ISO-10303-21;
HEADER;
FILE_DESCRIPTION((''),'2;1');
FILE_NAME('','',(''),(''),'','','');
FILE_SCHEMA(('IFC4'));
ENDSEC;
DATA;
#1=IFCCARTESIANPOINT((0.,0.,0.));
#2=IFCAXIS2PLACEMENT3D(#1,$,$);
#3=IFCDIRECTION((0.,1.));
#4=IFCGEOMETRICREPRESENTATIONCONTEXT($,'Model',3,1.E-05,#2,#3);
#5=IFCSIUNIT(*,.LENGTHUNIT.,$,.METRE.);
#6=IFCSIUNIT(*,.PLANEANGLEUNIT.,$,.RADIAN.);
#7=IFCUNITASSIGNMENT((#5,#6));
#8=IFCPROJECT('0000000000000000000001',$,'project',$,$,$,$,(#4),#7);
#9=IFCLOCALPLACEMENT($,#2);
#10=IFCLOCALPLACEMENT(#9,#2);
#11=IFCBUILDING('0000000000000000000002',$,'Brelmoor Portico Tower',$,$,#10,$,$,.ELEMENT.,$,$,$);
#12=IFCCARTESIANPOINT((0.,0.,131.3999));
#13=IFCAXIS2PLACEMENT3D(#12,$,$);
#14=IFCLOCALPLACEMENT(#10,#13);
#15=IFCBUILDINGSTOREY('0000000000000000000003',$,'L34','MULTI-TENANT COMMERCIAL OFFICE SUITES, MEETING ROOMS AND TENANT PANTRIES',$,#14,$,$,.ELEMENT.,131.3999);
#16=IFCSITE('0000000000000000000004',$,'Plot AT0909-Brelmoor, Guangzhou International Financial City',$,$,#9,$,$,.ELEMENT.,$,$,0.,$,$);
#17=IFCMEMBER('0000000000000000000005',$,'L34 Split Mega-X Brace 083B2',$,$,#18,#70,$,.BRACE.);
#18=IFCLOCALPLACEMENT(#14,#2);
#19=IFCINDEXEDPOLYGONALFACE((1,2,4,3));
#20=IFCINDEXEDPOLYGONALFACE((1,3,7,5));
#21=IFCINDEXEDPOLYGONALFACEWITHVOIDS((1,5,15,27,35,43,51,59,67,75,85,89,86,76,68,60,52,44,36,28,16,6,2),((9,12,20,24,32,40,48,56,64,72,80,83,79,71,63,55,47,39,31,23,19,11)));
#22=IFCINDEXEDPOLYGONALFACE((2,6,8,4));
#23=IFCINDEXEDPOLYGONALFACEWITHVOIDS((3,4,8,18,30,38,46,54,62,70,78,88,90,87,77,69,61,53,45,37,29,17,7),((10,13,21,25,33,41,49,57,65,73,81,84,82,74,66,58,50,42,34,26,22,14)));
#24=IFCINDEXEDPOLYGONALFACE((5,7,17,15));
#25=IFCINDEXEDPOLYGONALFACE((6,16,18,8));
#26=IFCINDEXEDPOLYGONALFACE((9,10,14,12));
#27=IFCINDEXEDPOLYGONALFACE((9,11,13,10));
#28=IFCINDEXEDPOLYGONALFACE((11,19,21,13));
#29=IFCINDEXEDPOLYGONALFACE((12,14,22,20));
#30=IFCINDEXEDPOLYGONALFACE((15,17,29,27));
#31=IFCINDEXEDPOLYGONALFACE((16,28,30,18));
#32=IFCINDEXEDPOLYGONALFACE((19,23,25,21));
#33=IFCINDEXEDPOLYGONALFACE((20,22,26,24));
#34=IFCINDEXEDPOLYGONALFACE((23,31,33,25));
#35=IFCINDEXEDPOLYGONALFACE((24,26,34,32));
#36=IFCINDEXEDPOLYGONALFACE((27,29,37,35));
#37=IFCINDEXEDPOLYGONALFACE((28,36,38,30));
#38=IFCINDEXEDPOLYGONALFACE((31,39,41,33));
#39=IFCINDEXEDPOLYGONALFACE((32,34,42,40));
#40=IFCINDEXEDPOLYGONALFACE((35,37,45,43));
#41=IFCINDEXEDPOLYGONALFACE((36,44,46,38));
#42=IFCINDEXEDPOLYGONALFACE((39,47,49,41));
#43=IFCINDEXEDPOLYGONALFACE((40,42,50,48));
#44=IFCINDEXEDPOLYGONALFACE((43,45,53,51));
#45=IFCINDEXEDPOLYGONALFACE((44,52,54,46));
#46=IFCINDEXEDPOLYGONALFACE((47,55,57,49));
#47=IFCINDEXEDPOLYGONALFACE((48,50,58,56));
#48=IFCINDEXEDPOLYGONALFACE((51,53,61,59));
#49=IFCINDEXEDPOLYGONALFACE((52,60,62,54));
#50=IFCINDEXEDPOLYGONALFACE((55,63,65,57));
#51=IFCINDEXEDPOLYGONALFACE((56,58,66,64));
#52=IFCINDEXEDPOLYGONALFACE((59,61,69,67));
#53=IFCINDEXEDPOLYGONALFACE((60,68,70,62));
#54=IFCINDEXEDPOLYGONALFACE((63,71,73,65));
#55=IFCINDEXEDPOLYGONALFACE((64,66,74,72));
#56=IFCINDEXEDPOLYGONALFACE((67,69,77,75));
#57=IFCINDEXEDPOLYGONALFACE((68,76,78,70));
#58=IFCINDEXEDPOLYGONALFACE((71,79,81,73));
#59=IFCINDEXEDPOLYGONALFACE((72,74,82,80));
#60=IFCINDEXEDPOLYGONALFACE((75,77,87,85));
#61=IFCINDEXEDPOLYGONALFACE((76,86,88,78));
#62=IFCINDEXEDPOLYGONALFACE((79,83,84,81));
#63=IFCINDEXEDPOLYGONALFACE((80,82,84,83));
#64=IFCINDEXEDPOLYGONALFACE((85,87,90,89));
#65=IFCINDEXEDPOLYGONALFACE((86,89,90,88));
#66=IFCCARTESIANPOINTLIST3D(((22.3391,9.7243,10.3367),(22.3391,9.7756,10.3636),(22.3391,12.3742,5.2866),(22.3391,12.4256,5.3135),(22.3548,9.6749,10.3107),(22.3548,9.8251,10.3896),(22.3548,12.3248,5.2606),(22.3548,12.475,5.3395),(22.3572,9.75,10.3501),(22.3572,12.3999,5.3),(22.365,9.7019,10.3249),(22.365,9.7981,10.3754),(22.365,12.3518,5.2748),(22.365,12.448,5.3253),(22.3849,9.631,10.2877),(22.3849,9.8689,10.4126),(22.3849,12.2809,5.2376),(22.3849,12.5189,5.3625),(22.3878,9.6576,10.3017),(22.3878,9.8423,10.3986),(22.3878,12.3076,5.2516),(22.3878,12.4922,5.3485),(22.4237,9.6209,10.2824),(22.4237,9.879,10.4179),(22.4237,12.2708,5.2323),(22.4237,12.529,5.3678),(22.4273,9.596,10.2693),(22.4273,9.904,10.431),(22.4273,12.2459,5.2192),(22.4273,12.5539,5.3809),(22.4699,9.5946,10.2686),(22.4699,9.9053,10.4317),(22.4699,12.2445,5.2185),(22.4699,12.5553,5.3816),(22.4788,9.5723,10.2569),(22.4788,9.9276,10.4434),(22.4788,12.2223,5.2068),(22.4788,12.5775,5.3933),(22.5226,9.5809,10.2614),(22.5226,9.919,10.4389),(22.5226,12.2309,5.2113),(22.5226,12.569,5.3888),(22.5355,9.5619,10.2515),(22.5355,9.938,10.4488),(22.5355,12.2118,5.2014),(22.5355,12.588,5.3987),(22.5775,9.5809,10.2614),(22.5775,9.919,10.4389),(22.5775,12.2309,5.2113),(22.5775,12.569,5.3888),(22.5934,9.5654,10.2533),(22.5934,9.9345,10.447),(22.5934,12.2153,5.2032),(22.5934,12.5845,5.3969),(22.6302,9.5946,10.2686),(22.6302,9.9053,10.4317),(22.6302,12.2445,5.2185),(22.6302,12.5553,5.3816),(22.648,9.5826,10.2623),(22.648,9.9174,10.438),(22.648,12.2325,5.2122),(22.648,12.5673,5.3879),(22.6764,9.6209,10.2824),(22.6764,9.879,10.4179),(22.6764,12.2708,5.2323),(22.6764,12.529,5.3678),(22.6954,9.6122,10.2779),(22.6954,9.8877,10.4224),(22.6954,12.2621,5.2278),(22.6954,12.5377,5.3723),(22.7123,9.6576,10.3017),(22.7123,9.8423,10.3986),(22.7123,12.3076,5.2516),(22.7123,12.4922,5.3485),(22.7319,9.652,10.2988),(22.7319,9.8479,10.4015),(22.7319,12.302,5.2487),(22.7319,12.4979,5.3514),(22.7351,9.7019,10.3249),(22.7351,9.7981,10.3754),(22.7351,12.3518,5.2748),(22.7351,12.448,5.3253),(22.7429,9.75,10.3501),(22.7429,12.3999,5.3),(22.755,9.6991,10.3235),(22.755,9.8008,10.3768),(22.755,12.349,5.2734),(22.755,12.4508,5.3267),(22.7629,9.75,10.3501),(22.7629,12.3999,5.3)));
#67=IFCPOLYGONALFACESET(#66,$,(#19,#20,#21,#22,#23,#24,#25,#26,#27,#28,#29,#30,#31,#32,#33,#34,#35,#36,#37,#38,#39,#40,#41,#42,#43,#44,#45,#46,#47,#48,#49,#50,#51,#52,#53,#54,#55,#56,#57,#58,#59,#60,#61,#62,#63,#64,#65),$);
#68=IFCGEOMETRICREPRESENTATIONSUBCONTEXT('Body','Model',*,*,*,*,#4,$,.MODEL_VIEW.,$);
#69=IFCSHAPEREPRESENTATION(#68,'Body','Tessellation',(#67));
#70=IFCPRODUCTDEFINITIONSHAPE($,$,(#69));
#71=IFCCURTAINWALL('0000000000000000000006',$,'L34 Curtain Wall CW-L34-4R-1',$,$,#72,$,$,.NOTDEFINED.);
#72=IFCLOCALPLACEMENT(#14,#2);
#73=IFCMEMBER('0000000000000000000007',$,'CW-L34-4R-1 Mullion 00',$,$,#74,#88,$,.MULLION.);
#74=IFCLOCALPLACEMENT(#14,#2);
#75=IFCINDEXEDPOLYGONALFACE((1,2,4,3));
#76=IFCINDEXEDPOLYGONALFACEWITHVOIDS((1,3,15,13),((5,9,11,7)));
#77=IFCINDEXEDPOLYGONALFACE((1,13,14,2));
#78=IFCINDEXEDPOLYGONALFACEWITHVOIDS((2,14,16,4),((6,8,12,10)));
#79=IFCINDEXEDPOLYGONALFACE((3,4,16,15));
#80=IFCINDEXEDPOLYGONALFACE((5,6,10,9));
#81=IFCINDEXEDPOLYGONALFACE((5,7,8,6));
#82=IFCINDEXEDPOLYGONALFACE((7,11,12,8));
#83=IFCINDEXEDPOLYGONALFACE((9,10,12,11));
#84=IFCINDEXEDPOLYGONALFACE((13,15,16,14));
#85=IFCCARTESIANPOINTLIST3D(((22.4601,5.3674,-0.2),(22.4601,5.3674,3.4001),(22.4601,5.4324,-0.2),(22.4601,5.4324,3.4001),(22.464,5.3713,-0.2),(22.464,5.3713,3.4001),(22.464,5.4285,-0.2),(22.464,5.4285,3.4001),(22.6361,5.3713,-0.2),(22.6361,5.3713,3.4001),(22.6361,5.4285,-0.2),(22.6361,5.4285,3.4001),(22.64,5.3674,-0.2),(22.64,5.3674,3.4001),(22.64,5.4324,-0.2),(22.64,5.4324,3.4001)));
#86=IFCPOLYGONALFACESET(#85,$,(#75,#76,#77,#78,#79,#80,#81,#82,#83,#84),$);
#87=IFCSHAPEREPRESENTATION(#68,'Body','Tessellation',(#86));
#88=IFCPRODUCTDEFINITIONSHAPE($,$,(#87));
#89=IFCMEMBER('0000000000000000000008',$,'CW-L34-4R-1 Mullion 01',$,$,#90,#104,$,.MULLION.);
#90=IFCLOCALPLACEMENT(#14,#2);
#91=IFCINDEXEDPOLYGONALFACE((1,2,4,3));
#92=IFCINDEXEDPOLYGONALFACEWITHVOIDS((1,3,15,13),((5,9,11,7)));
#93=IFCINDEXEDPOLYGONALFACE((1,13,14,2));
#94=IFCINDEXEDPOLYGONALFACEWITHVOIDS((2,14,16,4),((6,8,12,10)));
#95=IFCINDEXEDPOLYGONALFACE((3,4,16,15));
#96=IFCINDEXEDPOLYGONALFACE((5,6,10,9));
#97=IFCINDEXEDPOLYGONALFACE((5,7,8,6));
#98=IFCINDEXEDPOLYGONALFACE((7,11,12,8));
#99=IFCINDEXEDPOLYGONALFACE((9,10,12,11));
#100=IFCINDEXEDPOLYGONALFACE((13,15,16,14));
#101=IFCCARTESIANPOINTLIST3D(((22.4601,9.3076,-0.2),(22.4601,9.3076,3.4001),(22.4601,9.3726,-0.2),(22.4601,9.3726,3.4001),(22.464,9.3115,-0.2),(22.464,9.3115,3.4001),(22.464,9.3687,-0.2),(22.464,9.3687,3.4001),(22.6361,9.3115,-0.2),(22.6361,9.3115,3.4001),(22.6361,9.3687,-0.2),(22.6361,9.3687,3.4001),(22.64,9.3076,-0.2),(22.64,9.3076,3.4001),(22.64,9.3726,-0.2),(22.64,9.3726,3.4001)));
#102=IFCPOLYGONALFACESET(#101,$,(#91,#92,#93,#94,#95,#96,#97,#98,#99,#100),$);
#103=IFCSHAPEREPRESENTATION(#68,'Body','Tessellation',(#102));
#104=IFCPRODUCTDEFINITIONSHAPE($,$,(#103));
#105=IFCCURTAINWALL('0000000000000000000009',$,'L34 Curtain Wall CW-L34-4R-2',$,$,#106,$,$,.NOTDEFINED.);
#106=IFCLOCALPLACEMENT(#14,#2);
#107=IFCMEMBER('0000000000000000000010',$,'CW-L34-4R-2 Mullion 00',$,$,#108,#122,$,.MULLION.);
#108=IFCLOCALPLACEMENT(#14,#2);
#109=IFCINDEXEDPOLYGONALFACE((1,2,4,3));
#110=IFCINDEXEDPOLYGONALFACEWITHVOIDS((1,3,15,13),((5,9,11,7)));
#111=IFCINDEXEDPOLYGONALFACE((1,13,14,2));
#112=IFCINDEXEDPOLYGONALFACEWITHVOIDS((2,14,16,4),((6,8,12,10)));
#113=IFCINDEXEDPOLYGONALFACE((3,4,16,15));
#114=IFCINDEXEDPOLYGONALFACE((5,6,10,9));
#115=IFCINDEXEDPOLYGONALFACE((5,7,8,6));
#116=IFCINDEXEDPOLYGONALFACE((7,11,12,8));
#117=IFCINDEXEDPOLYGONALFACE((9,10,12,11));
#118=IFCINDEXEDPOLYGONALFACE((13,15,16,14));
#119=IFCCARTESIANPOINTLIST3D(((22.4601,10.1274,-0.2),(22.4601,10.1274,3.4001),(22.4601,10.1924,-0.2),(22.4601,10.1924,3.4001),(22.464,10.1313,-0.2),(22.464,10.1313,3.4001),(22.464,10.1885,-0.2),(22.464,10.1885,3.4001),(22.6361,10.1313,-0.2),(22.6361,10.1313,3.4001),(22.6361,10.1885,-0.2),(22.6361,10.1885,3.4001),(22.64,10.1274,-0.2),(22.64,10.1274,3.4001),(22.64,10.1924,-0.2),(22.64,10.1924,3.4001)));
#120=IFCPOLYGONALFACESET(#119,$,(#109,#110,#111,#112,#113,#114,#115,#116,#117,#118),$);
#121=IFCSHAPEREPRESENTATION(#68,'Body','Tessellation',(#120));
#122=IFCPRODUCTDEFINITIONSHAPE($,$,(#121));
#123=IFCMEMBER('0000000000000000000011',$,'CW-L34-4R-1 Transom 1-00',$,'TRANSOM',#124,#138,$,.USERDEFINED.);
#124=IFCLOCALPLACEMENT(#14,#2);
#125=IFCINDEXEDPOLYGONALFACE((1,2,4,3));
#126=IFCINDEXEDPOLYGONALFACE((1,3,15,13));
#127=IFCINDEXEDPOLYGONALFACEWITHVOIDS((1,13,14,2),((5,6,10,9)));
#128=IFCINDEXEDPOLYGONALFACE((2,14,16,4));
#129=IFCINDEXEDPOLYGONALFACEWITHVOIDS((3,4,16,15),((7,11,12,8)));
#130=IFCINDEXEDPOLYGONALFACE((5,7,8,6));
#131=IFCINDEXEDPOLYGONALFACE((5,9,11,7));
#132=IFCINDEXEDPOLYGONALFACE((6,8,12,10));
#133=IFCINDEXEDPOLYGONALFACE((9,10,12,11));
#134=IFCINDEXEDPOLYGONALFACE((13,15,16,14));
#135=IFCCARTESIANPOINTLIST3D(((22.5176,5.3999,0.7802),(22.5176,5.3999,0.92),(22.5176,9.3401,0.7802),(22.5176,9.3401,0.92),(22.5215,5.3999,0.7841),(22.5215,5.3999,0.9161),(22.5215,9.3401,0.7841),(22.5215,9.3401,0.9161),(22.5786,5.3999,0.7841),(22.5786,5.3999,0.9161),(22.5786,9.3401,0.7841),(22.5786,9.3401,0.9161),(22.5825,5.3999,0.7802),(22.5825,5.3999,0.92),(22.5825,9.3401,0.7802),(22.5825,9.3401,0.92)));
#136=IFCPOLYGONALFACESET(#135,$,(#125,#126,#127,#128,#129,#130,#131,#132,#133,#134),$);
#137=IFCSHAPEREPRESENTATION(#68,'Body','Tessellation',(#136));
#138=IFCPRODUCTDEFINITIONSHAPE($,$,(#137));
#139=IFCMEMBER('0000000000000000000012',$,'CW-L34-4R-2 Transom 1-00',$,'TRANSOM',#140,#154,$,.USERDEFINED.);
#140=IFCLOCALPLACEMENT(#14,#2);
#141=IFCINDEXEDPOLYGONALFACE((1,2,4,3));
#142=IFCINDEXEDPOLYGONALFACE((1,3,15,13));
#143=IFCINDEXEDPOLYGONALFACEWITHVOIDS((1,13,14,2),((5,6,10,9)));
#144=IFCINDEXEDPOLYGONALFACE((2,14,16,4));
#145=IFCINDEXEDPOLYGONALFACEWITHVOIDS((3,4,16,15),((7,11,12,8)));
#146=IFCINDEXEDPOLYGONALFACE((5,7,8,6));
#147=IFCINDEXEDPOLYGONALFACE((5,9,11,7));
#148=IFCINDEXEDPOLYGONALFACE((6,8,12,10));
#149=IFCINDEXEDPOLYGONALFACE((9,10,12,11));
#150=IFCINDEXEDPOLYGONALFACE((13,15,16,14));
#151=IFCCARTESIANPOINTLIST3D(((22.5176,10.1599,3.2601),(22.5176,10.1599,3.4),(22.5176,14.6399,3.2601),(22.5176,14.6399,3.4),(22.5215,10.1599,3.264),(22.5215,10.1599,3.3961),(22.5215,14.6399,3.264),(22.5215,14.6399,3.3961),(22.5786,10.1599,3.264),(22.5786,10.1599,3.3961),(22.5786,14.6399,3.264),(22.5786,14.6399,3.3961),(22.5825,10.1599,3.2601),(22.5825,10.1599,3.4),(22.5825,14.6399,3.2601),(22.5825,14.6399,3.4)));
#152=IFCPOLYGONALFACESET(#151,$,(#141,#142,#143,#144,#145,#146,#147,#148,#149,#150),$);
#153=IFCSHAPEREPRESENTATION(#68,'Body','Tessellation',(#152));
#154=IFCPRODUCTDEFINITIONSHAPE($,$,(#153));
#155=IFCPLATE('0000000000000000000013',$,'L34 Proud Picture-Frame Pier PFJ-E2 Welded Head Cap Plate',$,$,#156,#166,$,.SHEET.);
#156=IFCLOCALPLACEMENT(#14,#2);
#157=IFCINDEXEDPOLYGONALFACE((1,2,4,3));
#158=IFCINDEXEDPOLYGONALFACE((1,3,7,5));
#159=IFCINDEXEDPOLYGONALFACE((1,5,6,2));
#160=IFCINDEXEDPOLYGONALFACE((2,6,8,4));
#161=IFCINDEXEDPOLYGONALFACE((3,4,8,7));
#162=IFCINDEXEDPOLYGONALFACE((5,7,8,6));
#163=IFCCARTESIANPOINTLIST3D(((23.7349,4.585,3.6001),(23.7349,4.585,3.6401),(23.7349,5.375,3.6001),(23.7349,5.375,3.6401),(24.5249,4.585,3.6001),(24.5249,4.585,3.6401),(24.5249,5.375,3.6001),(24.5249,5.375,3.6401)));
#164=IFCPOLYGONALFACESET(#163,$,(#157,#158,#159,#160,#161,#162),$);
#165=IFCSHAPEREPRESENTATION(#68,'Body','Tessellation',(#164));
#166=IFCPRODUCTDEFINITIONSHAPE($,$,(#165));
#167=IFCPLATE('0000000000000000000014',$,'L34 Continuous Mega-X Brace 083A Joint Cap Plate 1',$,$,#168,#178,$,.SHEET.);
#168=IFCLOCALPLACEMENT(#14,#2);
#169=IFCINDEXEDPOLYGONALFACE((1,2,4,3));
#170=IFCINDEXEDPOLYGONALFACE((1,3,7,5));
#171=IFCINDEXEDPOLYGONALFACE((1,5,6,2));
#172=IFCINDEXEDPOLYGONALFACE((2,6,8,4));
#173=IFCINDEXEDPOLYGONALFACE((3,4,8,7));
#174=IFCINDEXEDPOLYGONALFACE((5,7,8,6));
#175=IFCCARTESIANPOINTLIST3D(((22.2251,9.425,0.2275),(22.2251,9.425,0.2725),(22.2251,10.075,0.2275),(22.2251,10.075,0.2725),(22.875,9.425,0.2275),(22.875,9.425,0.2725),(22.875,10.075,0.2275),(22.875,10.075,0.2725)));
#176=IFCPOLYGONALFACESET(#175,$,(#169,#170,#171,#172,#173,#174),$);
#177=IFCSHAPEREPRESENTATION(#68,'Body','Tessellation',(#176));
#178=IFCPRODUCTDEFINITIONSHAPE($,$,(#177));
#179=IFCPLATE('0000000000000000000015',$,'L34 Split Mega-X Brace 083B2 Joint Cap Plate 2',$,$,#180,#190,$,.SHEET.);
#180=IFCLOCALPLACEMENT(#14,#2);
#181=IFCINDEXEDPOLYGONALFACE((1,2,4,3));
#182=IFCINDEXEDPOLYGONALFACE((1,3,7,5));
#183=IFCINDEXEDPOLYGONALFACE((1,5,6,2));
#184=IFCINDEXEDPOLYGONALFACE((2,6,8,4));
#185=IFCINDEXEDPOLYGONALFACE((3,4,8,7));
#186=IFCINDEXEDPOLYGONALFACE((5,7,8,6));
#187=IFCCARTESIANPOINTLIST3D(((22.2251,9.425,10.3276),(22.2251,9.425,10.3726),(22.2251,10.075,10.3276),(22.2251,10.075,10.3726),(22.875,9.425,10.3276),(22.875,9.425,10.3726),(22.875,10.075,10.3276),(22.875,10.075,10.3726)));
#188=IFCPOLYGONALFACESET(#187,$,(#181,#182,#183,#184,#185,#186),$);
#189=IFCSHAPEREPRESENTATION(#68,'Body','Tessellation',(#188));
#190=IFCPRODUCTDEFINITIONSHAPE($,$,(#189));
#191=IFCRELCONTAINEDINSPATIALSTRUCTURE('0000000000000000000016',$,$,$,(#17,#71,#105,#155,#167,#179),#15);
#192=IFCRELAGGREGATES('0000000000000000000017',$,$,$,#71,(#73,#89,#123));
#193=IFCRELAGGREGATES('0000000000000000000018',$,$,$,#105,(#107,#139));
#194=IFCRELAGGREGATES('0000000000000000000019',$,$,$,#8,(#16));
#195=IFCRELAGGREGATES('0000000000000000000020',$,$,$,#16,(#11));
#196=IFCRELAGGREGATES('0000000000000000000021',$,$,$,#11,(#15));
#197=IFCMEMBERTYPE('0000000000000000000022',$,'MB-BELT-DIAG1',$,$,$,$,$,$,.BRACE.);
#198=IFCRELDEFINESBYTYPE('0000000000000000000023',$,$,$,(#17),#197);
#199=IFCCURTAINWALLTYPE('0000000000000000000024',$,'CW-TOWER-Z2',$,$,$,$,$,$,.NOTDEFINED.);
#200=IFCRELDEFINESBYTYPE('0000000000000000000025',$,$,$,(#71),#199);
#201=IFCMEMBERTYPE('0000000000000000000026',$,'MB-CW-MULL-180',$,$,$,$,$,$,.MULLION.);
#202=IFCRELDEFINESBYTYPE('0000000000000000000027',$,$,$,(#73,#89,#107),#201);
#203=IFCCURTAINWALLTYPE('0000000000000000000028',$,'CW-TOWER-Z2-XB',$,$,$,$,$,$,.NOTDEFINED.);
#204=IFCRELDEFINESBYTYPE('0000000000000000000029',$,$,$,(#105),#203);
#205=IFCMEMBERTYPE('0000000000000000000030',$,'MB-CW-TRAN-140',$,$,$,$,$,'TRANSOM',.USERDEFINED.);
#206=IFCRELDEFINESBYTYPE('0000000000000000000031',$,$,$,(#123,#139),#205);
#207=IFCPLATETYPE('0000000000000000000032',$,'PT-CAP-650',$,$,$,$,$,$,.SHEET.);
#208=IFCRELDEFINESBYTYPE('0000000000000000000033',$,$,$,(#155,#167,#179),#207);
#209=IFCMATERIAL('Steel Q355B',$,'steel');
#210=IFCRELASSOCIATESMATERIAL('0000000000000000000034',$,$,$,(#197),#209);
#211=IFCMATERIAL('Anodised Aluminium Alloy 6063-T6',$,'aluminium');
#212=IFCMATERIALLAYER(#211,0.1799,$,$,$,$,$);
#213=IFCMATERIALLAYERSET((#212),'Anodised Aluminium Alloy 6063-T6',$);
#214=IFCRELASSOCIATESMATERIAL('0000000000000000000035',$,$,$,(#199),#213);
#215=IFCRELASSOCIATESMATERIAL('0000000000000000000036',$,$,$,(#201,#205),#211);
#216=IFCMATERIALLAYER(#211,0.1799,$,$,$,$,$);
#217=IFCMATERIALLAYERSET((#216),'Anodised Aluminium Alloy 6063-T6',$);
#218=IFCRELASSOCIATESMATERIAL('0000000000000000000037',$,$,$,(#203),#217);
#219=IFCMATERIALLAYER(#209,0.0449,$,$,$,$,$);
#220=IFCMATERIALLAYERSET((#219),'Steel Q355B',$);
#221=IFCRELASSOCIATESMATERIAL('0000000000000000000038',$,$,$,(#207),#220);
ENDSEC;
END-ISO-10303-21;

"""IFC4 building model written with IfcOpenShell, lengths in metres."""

from ifc_helpers import new_model, si_unit, direction, frame, origin, origin_2d, place, context, subcontext, project, spatial, rectangle, hollow_rectangle, hollow_circle, extrude, material, layer, layer_set, material_profile, profile_set, type_object, element, aggregate, save


model = new_model("IFC4")

# Units and contexts
model_context = context("Model", 3, precision=1e-05, world=origin(), true_north=direction((0.0, 1.0)))
body_context = subcontext(model_context, "Body", "Model", "MODEL_VIEW")
ifc_project = project(units=[si_unit("LENGTHUNIT", "METRE"), si_unit("PLANEANGLEUNIT", "RADIAN")], contexts=[model_context])

# Site, building, storey
site_placement = place(None, origin())
site = spatial("IfcSite", under=ifc_project, at=site_placement, Name="Plot AT0909-Brelmoor, Guangzhou International Financial City", CompositionType="ELEMENT", RefElevation=0.0)
building_placement = place(site_placement, origin())
building = spatial("IfcBuilding", under=site, at=building_placement, Name="Brelmoor Portico Tower", CompositionType="ELEMENT")
storey_placement = place(building_placement, frame((0.0, 0.0, 131.3999)))
storey = spatial("IfcBuildingStorey", under=building, at=storey_placement, Name="L34", Description="MULTI-TENANT COMMERCIAL OFFICE SUITES, MEETING ROOMS AND TENANT PANTRIES", CompositionType="ELEMENT", Elevation=131.3999)

# Shared definitions
ifc_material_1 = material(Name="Steel Q355B", Category="steel")

# Member
ifc_material_profile_1 = material_profile(ifc_material_1, hollow_circle(Radius=0.2129, WallThickness=0.02, at=origin_2d()), Name="CHS 426x20")
ifc_profile_set_1 = profile_set([ifc_material_profile_1], Name="Steel Q355B")
member_type_1 = type_object("IfcMemberType", Name="MB-BELT-DIAG1", PredefinedType="BRACE", material=ifc_profile_set_1)
member_1_placement = place(storey_placement, frame((22.55, 12.3999, 5.3), z_axis=(0.0, -0.464645, 0.885497), x_axis=(1.0, 0.0, 0.0)))
element("IfcMember", 1, at=member_1_placement, inside=storey, type_object=member_type_1, Name="L34 Split Mega-X Brace 083B2", PredefinedType="BRACE", context=body_context, shape_type="SweptSolid", body=[
    extrude(hollow_circle(Radius=0.2129, WallThickness=0.02, at=origin_2d()), origin(), (0.0, 0.0, 1.0), 5.7031),
])

# Curtain wall, members
ifc_material_2 = material(Name="Anodised Aluminium Alloy 6063-T6", Category="aluminium")
ifc_layer_1 = layer(ifc_material_2, 0.1799)
ifc_layer_set_1 = layer_set([ifc_layer_1], Name="Anodised Aluminium Alloy 6063-T6")
curtain_wall_type_1 = type_object("IfcCurtainWallType", Name="CW-TOWER-Z2", PredefinedType="NOTDEFINED", material=ifc_layer_set_1)
curtain_wall_1_placement = place(storey_placement, origin())
curtain_wall_1 = element("IfcCurtainWall", 2, at=curtain_wall_1_placement, inside=storey, type_object=curtain_wall_type_1, Name="L34 Curtain Wall CW-L34-4R-1", PredefinedType="NOTDEFINED")
ifc_material_profile_2 = material_profile(ifc_material_2, hollow_rectangle(XDim=0.0649, YDim=0.1799, WallThickness=0.0039, at=origin_2d()), Name="ALU MULLION 65x180")
ifc_profile_set_2 = profile_set([ifc_material_profile_2], Name="Anodised Aluminium Alloy 6063-T6")
member_type_2 = type_object("IfcMemberType", Name="MB-CW-MULL-180", PredefinedType="MULLION", material=ifc_profile_set_2)
member_2_placement = place(storey_placement, frame((22.55, 5.3999, -0.2), z_axis=(0.0, 0.0, 1.0), x_axis=(0.0, 1.0, 0.0)))
member_2 = element("IfcMember", 3, at=member_2_placement, type_object=member_type_2, Name="CW-L34-4R-1 Mullion 00", PredefinedType="MULLION", context=body_context, shape_type="SweptSolid", body=[
    extrude(hollow_rectangle(XDim=0.0649, YDim=0.1799, WallThickness=0.0039, at=origin_2d()), origin(), (0.0, 0.0, 1.0), 3.6001),
])
member_3_placement = place(storey_placement, frame((22.55, 9.3401, -0.2), z_axis=(0.0, 0.0, 1.0), x_axis=(0.0, 1.0, 0.0)))
member_3 = element("IfcMember", 4, at=member_3_placement, type_object=member_type_2, Name="CW-L34-4R-1 Mullion 01", PredefinedType="MULLION", context=body_context, shape_type="SweptSolid", body=[
    extrude(hollow_rectangle(XDim=0.0649, YDim=0.1799, WallThickness=0.0039, at=origin_2d()), origin(), (0.0, 0.0, 1.0), 3.6001),
])

# Curtain wall, member
ifc_layer_2 = layer(ifc_material_2, 0.1799)
ifc_layer_set_2 = layer_set([ifc_layer_2], Name="Anodised Aluminium Alloy 6063-T6")
curtain_wall_type_2 = type_object("IfcCurtainWallType", Name="CW-TOWER-Z2-XB", PredefinedType="NOTDEFINED", material=ifc_layer_set_2)
curtain_wall_2_placement = place(storey_placement, origin())
curtain_wall_2 = element("IfcCurtainWall", 5, at=curtain_wall_2_placement, inside=storey, type_object=curtain_wall_type_2, Name="L34 Curtain Wall CW-L34-4R-2", PredefinedType="NOTDEFINED")
member_4_placement = place(storey_placement, frame((22.55, 10.1599, -0.2), z_axis=(0.0, 0.0, 1.0), x_axis=(0.0, 1.0, 0.0)))
member_4 = element("IfcMember", 6, at=member_4_placement, type_object=member_type_2, Name="CW-L34-4R-2 Mullion 00", PredefinedType="MULLION", context=body_context, shape_type="SweptSolid", body=[
    extrude(hollow_rectangle(XDim=0.0649, YDim=0.1799, WallThickness=0.0039, at=origin_2d()), origin(), (0.0, 0.0, 1.0), 3.6001),
])

# Members
ifc_material_profile_3 = material_profile(ifc_material_2, hollow_rectangle(XDim=0.0649, YDim=0.1399, WallThickness=0.0039, at=origin_2d()), Name="ALU TRANSOM 65x140")
ifc_profile_set_3 = profile_set([ifc_material_profile_3], Name="Anodised Aluminium Alloy 6063-T6")
member_type_3 = type_object("IfcMemberType", Name="MB-CW-TRAN-140", ElementType="TRANSOM", PredefinedType="USERDEFINED", material=ifc_profile_set_3)
member_5_placement = place(storey_placement, frame((22.55, 5.3999, 0.8501), z_axis=(0.0, 1.0, 0.0), x_axis=(-1.0, 0.0, 0.0)))
member_5 = element("IfcMember", 7, at=member_5_placement, type_object=member_type_3, Name="CW-L34-4R-1 Transom 1-00", ObjectType="TRANSOM", PredefinedType="USERDEFINED", context=body_context, shape_type="SweptSolid", body=[
    extrude(hollow_rectangle(XDim=0.0649, YDim=0.1399, WallThickness=0.0039, at=origin_2d()), origin(), (0.0, 0.0, 1.0), 3.9402),
])
member_6_placement = place(storey_placement, frame((22.55, 10.1599, 3.3301), z_axis=(0.0, 1.0, 0.0), x_axis=(-1.0, 0.0, 0.0)))
member_6 = element("IfcMember", 8, at=member_6_placement, type_object=member_type_3, Name="CW-L34-4R-2 Transom 1-00", ObjectType="TRANSOM", PredefinedType="USERDEFINED", context=body_context, shape_type="SweptSolid", body=[
    extrude(hollow_rectangle(XDim=0.0649, YDim=0.1399, WallThickness=0.0039, at=origin_2d()), origin(), (0.0, 0.0, 1.0), 4.48),
])

# Plates
ifc_layer_3 = layer(ifc_material_1, 0.0449)
ifc_layer_set_3 = layer_set([ifc_layer_3], Name="Steel Q355B")
plate_type_1 = type_object("IfcPlateType", Name="PT-CAP-650", PredefinedType="SHEET", material=ifc_layer_set_3)
plate_1_placement = place(storey_placement, frame((24.1299, 4.98, 3.6001), z_axis=(0.0, 0.0, 1.0), x_axis=(0.0, 1.0, 0.0)))
element("IfcPlate", 9, at=plate_1_placement, inside=storey, type_object=plate_type_1, Name="L34 Proud Picture-Frame Pier PFJ-E2 Welded Head Cap Plate", PredefinedType="SHEET", context=body_context, shape_type="SweptSolid", body=[
    extrude(rectangle(XDim=0.79, YDim=0.79, at=origin_2d()), origin(), (0.0, 0.0, 1.0), 0.04),
])
for number, where, z_axis, x_axis, name in (
    (10, (22.55, 9.75, 0.2275), (0.0, 0.0, 1.0), (1.0, 0.0, 0.0), "L34 Continuous Mega-X Brace 083A Joint Cap Plate 1"),
    (11, (22.55, 9.75, 10.3276), (0.0, 0.0, 1.0), (1.0, 0.0, 0.0), "L34 Split Mega-X Brace 083B2 Joint Cap Plate 2"),
):
    element("IfcPlate", number, at=place(storey_placement, frame(where, z_axis=z_axis, x_axis=x_axis)), inside=storey, type_object=plate_type_1, Name=name, PredefinedType="SHEET", context=body_context, shape_type="SweptSolid", body=[
        extrude(rectangle(XDim=0.6499, YDim=0.6499, at=origin_2d()), origin(), (0.0, 0.0, 1.0), 0.0449),
    ])

aggregate(curtain_wall_1, [member_2, member_3, member_5])
aggregate(curtain_wall_2, [member_4, member_6])

save(model, "model.ifc")
